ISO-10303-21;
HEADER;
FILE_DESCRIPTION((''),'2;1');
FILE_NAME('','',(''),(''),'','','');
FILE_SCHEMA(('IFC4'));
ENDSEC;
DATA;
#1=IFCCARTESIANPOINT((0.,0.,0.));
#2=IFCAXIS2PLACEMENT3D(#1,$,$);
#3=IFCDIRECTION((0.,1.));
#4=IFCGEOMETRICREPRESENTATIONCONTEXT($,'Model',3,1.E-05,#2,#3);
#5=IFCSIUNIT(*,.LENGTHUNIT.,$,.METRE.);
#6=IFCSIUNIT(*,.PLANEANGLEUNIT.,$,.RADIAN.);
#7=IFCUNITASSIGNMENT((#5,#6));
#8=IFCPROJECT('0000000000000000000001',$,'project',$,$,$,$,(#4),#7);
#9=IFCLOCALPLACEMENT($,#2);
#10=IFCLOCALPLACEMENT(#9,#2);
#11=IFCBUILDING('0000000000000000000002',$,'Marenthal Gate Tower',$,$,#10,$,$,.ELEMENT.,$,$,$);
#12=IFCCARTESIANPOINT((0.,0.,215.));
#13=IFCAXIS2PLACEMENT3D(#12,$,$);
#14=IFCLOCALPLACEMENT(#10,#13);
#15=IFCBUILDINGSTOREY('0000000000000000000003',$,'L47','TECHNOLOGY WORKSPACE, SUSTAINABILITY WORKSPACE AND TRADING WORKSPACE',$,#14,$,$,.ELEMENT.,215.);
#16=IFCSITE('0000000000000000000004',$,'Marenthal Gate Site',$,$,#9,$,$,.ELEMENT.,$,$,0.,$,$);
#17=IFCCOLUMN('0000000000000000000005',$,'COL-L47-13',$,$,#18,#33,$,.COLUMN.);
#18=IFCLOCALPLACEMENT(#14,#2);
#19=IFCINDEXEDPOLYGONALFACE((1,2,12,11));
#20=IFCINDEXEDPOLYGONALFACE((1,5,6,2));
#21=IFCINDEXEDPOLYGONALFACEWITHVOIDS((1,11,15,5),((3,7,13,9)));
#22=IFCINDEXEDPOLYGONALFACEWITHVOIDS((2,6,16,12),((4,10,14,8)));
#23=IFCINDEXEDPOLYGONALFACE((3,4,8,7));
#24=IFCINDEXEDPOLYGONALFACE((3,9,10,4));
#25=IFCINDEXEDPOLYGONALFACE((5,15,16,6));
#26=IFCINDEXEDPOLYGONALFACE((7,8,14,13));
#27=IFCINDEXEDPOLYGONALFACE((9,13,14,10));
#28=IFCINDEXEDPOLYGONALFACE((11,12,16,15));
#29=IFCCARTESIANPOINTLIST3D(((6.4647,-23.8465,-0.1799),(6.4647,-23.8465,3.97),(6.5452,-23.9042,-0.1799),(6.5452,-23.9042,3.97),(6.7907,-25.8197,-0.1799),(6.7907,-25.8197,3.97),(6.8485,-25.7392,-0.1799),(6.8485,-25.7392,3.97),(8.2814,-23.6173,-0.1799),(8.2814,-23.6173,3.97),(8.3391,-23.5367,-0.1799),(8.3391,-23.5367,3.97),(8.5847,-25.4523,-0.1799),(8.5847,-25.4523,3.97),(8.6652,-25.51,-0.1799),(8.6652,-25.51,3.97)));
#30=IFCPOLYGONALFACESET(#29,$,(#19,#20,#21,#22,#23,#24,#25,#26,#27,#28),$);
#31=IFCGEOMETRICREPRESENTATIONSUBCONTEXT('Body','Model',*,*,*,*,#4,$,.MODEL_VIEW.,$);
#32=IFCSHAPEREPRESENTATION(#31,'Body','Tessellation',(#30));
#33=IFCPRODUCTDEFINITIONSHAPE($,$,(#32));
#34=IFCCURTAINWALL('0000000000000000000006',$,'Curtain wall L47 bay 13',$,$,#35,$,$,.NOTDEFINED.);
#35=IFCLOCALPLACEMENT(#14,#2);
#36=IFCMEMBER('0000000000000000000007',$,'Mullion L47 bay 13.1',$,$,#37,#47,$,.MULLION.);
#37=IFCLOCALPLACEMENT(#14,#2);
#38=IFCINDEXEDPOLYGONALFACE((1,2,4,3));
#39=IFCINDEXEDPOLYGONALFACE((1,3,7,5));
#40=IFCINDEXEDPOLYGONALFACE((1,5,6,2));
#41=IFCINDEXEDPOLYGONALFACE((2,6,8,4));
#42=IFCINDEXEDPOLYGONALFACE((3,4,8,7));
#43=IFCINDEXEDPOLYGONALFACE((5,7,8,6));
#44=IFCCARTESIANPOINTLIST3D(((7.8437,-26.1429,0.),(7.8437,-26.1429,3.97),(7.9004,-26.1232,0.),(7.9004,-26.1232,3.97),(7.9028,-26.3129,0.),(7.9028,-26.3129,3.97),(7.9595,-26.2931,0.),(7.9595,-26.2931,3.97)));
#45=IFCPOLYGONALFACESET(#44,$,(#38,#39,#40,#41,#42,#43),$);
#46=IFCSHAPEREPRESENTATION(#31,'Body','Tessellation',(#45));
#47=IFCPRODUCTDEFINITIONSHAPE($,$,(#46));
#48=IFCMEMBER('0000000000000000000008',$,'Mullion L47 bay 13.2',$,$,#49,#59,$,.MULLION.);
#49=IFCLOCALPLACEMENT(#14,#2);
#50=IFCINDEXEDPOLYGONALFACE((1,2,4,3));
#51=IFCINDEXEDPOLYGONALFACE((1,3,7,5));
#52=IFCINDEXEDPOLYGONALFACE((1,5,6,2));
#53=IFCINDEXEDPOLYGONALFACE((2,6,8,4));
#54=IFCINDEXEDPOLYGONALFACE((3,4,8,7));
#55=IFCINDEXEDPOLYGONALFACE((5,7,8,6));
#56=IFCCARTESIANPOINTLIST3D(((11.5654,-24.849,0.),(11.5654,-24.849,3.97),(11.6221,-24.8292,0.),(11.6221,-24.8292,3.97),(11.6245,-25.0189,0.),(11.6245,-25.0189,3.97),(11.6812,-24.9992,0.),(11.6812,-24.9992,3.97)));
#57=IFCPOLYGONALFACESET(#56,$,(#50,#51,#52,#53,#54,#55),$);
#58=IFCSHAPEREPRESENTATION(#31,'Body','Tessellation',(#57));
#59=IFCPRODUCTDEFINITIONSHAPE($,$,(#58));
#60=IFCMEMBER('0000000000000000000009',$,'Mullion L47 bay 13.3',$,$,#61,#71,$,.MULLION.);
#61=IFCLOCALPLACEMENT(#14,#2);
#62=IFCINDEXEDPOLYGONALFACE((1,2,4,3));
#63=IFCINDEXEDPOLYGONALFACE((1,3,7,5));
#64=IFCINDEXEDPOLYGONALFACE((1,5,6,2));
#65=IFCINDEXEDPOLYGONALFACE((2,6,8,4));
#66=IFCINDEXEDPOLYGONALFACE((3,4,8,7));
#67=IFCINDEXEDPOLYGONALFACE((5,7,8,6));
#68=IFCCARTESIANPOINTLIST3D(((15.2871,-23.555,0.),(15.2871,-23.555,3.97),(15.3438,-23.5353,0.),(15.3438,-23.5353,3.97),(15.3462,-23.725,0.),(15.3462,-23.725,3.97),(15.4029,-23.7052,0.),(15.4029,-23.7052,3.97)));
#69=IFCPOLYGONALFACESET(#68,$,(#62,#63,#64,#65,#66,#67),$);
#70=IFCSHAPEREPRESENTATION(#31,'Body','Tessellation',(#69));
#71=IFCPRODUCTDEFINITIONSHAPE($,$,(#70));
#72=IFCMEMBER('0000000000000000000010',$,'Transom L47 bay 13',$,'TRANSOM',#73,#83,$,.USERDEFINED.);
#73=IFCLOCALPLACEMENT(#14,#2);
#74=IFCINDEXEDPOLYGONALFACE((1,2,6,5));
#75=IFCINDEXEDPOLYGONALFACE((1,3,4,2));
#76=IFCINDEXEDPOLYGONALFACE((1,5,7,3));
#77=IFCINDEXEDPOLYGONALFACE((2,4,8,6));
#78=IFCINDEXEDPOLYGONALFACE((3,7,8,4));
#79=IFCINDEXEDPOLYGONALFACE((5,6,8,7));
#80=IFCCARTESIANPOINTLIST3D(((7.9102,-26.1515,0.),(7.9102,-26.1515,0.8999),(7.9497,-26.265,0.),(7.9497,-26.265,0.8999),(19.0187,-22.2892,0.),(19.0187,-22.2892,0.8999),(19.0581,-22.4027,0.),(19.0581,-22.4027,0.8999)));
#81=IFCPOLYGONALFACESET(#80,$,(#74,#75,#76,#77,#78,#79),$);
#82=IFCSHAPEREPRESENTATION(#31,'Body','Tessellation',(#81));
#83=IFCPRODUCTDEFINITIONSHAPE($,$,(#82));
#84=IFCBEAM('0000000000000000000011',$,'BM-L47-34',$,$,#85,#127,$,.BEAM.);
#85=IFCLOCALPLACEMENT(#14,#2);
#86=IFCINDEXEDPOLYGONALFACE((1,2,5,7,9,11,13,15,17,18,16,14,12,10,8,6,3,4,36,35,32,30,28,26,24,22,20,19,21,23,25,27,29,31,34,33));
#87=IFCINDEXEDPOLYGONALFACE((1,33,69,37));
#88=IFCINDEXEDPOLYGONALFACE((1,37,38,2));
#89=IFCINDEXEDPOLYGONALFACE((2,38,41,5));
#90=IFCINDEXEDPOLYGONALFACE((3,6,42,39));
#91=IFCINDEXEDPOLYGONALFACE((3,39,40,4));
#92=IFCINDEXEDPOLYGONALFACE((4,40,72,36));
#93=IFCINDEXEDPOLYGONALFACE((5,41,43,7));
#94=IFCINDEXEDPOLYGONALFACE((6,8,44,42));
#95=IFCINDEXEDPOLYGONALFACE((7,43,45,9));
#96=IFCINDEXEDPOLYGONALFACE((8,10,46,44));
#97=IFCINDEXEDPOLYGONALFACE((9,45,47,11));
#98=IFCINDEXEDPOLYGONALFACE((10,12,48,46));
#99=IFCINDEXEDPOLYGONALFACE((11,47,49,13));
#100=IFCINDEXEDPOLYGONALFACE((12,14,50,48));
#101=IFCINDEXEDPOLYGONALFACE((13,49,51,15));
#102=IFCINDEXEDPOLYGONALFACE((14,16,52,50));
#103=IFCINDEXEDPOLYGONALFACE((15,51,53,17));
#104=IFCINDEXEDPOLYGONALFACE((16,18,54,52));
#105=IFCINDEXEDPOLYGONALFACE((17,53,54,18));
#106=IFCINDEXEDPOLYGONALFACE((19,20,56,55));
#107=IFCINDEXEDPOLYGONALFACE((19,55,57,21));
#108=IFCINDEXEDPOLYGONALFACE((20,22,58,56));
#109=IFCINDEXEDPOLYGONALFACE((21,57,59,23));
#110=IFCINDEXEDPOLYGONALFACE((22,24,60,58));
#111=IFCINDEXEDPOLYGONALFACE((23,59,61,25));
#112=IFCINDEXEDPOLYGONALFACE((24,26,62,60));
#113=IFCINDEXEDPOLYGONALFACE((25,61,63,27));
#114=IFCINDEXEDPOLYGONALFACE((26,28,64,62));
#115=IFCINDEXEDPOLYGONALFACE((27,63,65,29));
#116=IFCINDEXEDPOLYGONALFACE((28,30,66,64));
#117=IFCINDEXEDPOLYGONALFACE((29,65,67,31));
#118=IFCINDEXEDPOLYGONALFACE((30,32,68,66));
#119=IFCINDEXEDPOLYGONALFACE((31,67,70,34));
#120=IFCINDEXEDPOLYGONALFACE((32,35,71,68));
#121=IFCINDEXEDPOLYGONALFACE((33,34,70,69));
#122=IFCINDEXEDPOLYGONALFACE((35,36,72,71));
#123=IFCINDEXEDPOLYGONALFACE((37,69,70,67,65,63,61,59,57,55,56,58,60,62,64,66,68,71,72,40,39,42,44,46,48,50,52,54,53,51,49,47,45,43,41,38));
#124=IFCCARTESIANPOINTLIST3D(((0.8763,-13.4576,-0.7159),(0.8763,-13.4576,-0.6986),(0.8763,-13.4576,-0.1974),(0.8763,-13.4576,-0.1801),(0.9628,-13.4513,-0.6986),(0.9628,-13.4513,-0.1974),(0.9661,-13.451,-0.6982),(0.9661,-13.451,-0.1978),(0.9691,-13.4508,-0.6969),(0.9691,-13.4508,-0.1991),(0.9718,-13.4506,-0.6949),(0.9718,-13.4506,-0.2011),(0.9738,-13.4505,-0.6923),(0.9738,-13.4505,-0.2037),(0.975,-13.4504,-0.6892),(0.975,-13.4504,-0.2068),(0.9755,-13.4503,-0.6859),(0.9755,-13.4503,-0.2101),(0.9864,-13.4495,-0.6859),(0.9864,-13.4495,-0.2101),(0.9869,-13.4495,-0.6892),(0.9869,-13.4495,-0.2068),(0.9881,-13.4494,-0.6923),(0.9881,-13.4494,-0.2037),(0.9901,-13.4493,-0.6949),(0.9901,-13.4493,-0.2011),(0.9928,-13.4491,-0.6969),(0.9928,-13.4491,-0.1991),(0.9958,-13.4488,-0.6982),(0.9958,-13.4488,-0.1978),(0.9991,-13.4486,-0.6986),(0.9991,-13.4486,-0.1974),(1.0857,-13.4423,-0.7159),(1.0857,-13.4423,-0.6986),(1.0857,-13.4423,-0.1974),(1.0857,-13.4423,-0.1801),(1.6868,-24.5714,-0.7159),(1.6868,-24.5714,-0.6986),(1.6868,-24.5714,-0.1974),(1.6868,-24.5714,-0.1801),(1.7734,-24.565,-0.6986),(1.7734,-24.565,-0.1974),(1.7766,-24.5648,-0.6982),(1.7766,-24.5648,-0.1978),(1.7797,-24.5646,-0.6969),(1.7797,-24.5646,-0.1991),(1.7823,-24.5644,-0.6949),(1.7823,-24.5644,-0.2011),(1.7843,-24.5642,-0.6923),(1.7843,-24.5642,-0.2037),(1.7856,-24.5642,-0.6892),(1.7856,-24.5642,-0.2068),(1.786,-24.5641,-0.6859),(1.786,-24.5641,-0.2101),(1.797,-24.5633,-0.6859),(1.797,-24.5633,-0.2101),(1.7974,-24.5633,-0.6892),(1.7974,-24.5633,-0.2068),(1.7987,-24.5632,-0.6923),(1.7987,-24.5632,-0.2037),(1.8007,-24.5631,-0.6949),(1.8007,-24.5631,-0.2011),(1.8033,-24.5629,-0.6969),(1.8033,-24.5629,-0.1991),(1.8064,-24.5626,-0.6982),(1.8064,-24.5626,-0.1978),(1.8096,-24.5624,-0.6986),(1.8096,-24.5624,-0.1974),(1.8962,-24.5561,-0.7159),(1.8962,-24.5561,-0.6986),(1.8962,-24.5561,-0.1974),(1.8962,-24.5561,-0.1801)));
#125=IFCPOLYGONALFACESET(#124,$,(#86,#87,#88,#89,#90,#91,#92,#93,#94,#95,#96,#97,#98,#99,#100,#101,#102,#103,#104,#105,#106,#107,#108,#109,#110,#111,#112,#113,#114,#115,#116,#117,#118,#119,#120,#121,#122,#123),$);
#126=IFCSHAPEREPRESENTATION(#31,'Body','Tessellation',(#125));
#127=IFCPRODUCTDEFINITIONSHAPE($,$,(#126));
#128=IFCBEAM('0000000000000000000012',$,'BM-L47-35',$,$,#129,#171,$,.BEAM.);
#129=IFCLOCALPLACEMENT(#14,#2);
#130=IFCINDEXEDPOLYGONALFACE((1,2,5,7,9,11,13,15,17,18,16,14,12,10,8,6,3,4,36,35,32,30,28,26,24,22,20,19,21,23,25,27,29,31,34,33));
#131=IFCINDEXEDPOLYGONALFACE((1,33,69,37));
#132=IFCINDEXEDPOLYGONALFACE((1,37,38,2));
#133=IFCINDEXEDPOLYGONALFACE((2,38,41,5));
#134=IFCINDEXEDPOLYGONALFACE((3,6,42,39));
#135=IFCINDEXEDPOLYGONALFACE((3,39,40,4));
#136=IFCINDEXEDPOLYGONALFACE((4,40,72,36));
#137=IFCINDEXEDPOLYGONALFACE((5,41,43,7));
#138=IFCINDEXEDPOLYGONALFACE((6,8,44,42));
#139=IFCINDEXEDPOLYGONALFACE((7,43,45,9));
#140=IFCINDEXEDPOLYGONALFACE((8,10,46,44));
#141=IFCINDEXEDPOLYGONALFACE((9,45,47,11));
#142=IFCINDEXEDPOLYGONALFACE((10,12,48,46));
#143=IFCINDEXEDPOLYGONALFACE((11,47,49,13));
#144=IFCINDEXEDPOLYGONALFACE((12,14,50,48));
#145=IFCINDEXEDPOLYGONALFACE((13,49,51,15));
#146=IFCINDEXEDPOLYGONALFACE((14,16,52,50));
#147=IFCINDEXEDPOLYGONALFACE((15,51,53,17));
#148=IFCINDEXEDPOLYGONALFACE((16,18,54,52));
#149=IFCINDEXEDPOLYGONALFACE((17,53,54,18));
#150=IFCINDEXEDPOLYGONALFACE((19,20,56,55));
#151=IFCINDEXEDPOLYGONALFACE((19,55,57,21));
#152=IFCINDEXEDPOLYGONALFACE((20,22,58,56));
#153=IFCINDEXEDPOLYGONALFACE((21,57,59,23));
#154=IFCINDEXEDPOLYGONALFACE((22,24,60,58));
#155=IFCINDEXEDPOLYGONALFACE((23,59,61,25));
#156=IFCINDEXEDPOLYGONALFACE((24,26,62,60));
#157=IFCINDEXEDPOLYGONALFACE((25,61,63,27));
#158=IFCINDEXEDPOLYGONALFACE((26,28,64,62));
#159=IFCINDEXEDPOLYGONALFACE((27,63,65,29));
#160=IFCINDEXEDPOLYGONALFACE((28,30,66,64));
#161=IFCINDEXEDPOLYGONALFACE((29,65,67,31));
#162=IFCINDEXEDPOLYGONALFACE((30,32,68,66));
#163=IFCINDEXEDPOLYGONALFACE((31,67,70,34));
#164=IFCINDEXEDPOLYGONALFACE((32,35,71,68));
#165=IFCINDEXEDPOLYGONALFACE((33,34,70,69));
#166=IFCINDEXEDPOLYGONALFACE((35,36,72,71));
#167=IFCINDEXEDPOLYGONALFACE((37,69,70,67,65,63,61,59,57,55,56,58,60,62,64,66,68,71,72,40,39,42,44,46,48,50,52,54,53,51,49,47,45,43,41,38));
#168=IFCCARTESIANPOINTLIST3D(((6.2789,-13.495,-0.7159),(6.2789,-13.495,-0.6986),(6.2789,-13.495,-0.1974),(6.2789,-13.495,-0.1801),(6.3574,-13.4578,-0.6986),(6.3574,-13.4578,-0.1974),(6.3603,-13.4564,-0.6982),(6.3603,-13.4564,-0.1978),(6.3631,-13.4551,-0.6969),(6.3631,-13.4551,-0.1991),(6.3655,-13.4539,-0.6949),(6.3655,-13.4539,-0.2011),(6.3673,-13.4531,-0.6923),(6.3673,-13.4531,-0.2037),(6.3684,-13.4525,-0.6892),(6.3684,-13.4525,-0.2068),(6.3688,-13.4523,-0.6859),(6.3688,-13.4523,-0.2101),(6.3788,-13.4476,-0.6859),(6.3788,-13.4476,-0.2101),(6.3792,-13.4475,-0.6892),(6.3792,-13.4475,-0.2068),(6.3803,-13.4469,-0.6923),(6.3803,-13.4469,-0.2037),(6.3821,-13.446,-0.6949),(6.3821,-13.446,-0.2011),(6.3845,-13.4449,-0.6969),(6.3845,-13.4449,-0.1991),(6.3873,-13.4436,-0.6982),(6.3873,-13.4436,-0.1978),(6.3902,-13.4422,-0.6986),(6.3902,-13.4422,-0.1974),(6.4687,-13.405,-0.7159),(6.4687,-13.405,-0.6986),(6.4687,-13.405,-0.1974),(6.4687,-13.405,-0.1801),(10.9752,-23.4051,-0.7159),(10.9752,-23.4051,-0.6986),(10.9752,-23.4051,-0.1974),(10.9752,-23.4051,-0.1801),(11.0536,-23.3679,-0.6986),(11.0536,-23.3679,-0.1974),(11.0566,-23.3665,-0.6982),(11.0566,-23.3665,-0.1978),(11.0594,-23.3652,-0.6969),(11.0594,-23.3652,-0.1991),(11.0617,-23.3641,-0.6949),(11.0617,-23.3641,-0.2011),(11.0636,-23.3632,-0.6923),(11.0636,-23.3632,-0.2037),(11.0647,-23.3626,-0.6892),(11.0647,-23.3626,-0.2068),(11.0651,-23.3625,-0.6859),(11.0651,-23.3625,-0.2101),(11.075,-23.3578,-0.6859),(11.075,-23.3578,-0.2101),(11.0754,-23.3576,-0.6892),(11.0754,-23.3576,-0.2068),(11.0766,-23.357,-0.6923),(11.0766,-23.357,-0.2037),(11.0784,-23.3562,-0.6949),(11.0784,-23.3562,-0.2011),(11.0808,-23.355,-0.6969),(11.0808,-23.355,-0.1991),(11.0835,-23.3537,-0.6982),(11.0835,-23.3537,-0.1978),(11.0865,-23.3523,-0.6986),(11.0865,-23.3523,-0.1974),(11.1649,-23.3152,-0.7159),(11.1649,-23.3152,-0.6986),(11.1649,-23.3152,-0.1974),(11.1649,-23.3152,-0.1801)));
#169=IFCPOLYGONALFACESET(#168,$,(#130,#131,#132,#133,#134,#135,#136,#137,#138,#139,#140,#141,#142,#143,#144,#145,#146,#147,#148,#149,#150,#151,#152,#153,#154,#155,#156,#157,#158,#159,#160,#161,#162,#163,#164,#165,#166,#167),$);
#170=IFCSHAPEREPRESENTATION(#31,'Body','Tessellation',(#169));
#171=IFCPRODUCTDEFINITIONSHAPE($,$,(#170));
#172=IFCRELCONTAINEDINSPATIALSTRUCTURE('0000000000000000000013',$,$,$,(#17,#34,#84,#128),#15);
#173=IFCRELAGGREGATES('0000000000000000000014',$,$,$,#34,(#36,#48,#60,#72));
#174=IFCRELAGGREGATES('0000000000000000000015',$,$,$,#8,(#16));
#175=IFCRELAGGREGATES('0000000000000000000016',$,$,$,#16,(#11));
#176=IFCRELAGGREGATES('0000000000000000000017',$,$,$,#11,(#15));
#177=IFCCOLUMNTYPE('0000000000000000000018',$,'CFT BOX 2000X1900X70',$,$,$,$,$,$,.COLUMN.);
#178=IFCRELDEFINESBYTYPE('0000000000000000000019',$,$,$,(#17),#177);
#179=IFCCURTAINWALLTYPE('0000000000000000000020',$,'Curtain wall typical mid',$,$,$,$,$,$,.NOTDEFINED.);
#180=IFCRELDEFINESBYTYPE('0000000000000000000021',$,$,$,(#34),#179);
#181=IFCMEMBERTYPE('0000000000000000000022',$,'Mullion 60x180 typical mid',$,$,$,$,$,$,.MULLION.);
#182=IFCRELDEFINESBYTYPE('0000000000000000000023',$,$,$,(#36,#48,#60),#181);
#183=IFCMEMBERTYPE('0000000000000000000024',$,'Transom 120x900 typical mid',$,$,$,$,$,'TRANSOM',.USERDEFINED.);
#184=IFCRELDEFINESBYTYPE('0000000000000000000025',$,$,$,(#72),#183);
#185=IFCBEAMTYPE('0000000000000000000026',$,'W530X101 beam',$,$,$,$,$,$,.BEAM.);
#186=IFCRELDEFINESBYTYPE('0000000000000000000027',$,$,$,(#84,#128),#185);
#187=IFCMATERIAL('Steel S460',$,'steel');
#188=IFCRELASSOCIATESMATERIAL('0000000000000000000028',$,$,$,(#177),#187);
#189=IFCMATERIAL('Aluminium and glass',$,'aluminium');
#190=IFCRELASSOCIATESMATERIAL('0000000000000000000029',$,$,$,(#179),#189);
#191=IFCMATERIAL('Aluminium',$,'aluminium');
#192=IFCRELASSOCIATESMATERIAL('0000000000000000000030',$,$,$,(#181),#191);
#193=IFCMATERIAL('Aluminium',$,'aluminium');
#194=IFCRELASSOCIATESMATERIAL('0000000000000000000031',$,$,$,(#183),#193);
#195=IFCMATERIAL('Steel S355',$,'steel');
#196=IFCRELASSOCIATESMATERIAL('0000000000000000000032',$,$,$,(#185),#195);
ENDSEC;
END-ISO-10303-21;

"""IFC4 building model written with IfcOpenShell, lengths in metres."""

from ifc_helpers import new_model, si_unit, direction, frame, origin, origin_2d, place, context, subcontext, project, spatial, rectangle, hollow_rectangle, i_section, extrude, material, material_profile, profile_set, type_object, element, aggregate, save


model = new_model("IFC4")

# Units and contexts
model_context = context("Model", 3, precision=1e-05, world=origin(), true_north=direction((0.0, 1.0)))
body_context = subcontext(model_context, "Body", "Model", "MODEL_VIEW")
ifc_project = project(units=[si_unit("LENGTHUNIT", "METRE"), si_unit("PLANEANGLEUNIT", "RADIAN")], contexts=[model_context])

# Site, building, storey
site_placement = place(None, origin())
site = spatial("IfcSite", under=ifc_project, at=site_placement, Name="Marenthal Gate Site", CompositionType="ELEMENT", RefElevation=0.0)
building_placement = place(site_placement, origin())
building = spatial("IfcBuilding", under=site, at=building_placement, Name="Marenthal Gate Tower", CompositionType="ELEMENT")
storey_placement = place(building_placement, frame((0.0, 0.0, 215.0)))
storey = spatial("IfcBuildingStorey", under=building, at=storey_placement, Name="L47", Description="TECHNOLOGY WORKSPACE, SUSTAINABILITY WORKSPACE AND TRADING WORKSPACE", CompositionType="ELEMENT", Elevation=215.0)

# Column
ifc_material_1 = material(Name="Steel S460", Category="steel")
ifc_material_profile_1 = material_profile(ifc_material_1, hollow_rectangle(XDim=1.8999, YDim=2.0, WallThickness=0.0701, at=origin_2d()), Name="CFT BOX 2000X1900X70")
ifc_material_2 = material(Name="Concrete 70 MPa", Category="concrete")
ifc_material_profile_2 = material_profile(ifc_material_2, rectangle(XDim=1.76, YDim=1.8601, at=origin_2d()), Name="CFT BOX 2000X1900X70 INFILL")
ifc_profile_set_1 = profile_set([ifc_material_profile_1, ifc_material_profile_2], Name="Steel S460 shell, Concrete 70 MPa infill")
column_type = type_object("IfcColumnType", Name="CFT BOX 2000X1900X70", PredefinedType="COLUMN", material=ifc_profile_set_1)
column_placement = place(storey_placement, frame((7.5649, -24.6782, -0.1799), z_axis=(0.0, 0.0, 1.0), x_axis=(-0.986619, -0.163044, 0.0)))
element("IfcColumn", 1, at=column_placement, inside=storey, type_object=column_type, Name="COL-L47-13", PredefinedType="COLUMN", context=body_context, shape_type="SweptSolid", body=[
    extrude(hollow_rectangle(XDim=1.8999, YDim=2.0, WallThickness=0.0701, at=origin_2d()), origin(), (0.0, 0.0, 1.0), 4.1499),
])

# Curtain wall, members
ifc_material_3 = material(Name="Aluminium and glass", Category="aluminium")
curtain_wall_type = type_object("IfcCurtainWallType", Name="Curtain wall typical mid", PredefinedType="NOTDEFINED", material=ifc_material_3)
curtain_wall_placement = place(storey_placement, origin())
curtain_wall = element("IfcCurtainWall", 2, at=curtain_wall_placement, inside=storey, type_object=curtain_wall_type, Name="Curtain wall L47 bay 13", PredefinedType="NOTDEFINED")
ifc_material_4 = material(Name="Aluminium", Category="aluminium")
ifc_material_profile_3 = material_profile(ifc_material_4, rectangle(XDim=0.1799, YDim=0.0601, at=origin_2d()), Name="60x180 aluminium mullion")
ifc_profile_set_2 = profile_set([ifc_material_profile_3], Name="Aluminium")
member_type_1 = type_object("IfcMemberType", Name="Mullion 60x180 typical mid", PredefinedType="MULLION", material=ifc_profile_set_2)
member_1_placement = place(storey_placement, frame((7.9016, -26.218, 0.0), z_axis=(0.0, 0.0, 1.0), x_axis=(-0.3284, 0.944539, 0.0)))
member_1 = element("IfcMember", 3, at=member_1_placement, type_object=member_type_1, Name="Mullion L47 bay 13.1", PredefinedType="MULLION", context=body_context, shape_type="SweptSolid", body=[
    extrude(rectangle(XDim=0.1799, YDim=0.0601, at=origin_2d()), origin(), (0.0, 0.0, 1.0), 3.97),
])
member_2_placement = place(storey_placement, frame((11.6233, -24.9241, 0.0), z_axis=(0.0, 0.0, 1.0), x_axis=(-0.3284, 0.944539, 0.0)))
member_2 = element("IfcMember", 4, at=member_2_placement, type_object=member_type_1, Name="Mullion L47 bay 13.2", PredefinedType="MULLION", context=body_context, shape_type="SweptSolid", body=[
    extrude(rectangle(XDim=0.1799, YDim=0.0601, at=origin_2d()), origin(), (0.0, 0.0, 1.0), 3.97),
])
member_3_placement = place(storey_placement, frame((15.345, -23.6301, 0.0), z_axis=(0.0, 0.0, 1.0), x_axis=(-0.3284, 0.944539, 0.0)))
member_3 = element("IfcMember", 5, at=member_3_placement, type_object=member_type_1, Name="Mullion L47 bay 13.3", PredefinedType="MULLION", context=body_context, shape_type="SweptSolid", body=[
    extrude(rectangle(XDim=0.1799, YDim=0.0601, at=origin_2d()), origin(), (0.0, 0.0, 1.0), 3.97),
])
ifc_material_5 = material(Name="Aluminium", Category="aluminium")
ifc_material_profile_4 = material_profile(ifc_material_5, rectangle(XDim=0.1201, YDim=0.8999, at=origin_2d()), Name="120x900 aluminium transom")
ifc_profile_set_3 = profile_set([ifc_material_profile_4], Name="Aluminium")
member_type_2 = type_object("IfcMemberType", Name="Transom 120x900 typical mid", ElementType="TRANSOM", PredefinedType="USERDEFINED", material=ifc_profile_set_3)
member_4_placement = place(storey_placement, frame((7.9299, -26.2083, 0.45), z_axis=(0.944536, 0.328408, 0.0), x_axis=(-0.328408, 0.944536, 0.0)))
member_4 = element("IfcMember", 6, at=member_4_placement, type_object=member_type_2, Name="Transom L47 bay 13", ObjectType="TRANSOM", PredefinedType="USERDEFINED", context=body_context, shape_type="SweptSolid", body=[
    extrude(rectangle(XDim=0.1201, YDim=0.8999, at=origin_2d()), origin(), (0.0, 0.0, 1.0), 11.7607),
])

# Beams
ifc_material_6 = material(Name="Steel S355", Category="steel")
ifc_material_profile_5 = material_profile(ifc_material_6, i_section(OverallWidth=0.21, OverallDepth=0.5359, WebThickness=0.011, FlangeThickness=0.0173, FilletRadius=0.0127, at=origin_2d()), Name="W530X101")
ifc_profile_set_4 = profile_set([ifc_material_profile_5], Name="Steel S355")
beam_type_1 = type_object("IfcBeamType", Name="W530X101 beam", PredefinedType="BEAM", material=ifc_profile_set_4)
beam_1_placement = place(storey_placement, frame((1.7915, -24.5637, -0.448), z_axis=(-0.072739, 0.997351, 0.0), x_axis=(-0.997351, -0.072739, 0.0)))
element("IfcBeam", 7, at=beam_1_placement, inside=storey, type_object=beam_type_1, Name="BM-L47-34", PredefinedType="BEAM", context=body_context, shape_type="SweptSolid", body=[
    extrude(i_section(OverallWidth=0.21, OverallDepth=0.5359, WebThickness=0.011, FlangeThickness=0.0173, FilletRadius=0.0127, at=origin_2d()), origin(), (0.0, 0.0, 1.0), 11.1433),
])
beam_2_placement = place(storey_placement, frame((11.0701, -23.3601, -0.448), z_axis=(-0.428236, 0.903667, 0.0), x_axis=(-0.903667, -0.428236, 0.0)))
element("IfcBeam", 8, at=beam_2_placement, inside=storey, type_object=beam_type_1, Name="BM-L47-35", PredefinedType="BEAM", context=body_context, shape_type="SweptSolid", body=[
    extrude(i_section(OverallWidth=0.21, OverallDepth=0.5359, WebThickness=0.011, FlangeThickness=0.0173, FilletRadius=0.0127, at=origin_2d()), origin(), (0.0, 0.0, 1.0), 10.9666),
])

aggregate(curtain_wall, [member_1, member_2, member_3, member_4])

save(model, "model.ifc")
